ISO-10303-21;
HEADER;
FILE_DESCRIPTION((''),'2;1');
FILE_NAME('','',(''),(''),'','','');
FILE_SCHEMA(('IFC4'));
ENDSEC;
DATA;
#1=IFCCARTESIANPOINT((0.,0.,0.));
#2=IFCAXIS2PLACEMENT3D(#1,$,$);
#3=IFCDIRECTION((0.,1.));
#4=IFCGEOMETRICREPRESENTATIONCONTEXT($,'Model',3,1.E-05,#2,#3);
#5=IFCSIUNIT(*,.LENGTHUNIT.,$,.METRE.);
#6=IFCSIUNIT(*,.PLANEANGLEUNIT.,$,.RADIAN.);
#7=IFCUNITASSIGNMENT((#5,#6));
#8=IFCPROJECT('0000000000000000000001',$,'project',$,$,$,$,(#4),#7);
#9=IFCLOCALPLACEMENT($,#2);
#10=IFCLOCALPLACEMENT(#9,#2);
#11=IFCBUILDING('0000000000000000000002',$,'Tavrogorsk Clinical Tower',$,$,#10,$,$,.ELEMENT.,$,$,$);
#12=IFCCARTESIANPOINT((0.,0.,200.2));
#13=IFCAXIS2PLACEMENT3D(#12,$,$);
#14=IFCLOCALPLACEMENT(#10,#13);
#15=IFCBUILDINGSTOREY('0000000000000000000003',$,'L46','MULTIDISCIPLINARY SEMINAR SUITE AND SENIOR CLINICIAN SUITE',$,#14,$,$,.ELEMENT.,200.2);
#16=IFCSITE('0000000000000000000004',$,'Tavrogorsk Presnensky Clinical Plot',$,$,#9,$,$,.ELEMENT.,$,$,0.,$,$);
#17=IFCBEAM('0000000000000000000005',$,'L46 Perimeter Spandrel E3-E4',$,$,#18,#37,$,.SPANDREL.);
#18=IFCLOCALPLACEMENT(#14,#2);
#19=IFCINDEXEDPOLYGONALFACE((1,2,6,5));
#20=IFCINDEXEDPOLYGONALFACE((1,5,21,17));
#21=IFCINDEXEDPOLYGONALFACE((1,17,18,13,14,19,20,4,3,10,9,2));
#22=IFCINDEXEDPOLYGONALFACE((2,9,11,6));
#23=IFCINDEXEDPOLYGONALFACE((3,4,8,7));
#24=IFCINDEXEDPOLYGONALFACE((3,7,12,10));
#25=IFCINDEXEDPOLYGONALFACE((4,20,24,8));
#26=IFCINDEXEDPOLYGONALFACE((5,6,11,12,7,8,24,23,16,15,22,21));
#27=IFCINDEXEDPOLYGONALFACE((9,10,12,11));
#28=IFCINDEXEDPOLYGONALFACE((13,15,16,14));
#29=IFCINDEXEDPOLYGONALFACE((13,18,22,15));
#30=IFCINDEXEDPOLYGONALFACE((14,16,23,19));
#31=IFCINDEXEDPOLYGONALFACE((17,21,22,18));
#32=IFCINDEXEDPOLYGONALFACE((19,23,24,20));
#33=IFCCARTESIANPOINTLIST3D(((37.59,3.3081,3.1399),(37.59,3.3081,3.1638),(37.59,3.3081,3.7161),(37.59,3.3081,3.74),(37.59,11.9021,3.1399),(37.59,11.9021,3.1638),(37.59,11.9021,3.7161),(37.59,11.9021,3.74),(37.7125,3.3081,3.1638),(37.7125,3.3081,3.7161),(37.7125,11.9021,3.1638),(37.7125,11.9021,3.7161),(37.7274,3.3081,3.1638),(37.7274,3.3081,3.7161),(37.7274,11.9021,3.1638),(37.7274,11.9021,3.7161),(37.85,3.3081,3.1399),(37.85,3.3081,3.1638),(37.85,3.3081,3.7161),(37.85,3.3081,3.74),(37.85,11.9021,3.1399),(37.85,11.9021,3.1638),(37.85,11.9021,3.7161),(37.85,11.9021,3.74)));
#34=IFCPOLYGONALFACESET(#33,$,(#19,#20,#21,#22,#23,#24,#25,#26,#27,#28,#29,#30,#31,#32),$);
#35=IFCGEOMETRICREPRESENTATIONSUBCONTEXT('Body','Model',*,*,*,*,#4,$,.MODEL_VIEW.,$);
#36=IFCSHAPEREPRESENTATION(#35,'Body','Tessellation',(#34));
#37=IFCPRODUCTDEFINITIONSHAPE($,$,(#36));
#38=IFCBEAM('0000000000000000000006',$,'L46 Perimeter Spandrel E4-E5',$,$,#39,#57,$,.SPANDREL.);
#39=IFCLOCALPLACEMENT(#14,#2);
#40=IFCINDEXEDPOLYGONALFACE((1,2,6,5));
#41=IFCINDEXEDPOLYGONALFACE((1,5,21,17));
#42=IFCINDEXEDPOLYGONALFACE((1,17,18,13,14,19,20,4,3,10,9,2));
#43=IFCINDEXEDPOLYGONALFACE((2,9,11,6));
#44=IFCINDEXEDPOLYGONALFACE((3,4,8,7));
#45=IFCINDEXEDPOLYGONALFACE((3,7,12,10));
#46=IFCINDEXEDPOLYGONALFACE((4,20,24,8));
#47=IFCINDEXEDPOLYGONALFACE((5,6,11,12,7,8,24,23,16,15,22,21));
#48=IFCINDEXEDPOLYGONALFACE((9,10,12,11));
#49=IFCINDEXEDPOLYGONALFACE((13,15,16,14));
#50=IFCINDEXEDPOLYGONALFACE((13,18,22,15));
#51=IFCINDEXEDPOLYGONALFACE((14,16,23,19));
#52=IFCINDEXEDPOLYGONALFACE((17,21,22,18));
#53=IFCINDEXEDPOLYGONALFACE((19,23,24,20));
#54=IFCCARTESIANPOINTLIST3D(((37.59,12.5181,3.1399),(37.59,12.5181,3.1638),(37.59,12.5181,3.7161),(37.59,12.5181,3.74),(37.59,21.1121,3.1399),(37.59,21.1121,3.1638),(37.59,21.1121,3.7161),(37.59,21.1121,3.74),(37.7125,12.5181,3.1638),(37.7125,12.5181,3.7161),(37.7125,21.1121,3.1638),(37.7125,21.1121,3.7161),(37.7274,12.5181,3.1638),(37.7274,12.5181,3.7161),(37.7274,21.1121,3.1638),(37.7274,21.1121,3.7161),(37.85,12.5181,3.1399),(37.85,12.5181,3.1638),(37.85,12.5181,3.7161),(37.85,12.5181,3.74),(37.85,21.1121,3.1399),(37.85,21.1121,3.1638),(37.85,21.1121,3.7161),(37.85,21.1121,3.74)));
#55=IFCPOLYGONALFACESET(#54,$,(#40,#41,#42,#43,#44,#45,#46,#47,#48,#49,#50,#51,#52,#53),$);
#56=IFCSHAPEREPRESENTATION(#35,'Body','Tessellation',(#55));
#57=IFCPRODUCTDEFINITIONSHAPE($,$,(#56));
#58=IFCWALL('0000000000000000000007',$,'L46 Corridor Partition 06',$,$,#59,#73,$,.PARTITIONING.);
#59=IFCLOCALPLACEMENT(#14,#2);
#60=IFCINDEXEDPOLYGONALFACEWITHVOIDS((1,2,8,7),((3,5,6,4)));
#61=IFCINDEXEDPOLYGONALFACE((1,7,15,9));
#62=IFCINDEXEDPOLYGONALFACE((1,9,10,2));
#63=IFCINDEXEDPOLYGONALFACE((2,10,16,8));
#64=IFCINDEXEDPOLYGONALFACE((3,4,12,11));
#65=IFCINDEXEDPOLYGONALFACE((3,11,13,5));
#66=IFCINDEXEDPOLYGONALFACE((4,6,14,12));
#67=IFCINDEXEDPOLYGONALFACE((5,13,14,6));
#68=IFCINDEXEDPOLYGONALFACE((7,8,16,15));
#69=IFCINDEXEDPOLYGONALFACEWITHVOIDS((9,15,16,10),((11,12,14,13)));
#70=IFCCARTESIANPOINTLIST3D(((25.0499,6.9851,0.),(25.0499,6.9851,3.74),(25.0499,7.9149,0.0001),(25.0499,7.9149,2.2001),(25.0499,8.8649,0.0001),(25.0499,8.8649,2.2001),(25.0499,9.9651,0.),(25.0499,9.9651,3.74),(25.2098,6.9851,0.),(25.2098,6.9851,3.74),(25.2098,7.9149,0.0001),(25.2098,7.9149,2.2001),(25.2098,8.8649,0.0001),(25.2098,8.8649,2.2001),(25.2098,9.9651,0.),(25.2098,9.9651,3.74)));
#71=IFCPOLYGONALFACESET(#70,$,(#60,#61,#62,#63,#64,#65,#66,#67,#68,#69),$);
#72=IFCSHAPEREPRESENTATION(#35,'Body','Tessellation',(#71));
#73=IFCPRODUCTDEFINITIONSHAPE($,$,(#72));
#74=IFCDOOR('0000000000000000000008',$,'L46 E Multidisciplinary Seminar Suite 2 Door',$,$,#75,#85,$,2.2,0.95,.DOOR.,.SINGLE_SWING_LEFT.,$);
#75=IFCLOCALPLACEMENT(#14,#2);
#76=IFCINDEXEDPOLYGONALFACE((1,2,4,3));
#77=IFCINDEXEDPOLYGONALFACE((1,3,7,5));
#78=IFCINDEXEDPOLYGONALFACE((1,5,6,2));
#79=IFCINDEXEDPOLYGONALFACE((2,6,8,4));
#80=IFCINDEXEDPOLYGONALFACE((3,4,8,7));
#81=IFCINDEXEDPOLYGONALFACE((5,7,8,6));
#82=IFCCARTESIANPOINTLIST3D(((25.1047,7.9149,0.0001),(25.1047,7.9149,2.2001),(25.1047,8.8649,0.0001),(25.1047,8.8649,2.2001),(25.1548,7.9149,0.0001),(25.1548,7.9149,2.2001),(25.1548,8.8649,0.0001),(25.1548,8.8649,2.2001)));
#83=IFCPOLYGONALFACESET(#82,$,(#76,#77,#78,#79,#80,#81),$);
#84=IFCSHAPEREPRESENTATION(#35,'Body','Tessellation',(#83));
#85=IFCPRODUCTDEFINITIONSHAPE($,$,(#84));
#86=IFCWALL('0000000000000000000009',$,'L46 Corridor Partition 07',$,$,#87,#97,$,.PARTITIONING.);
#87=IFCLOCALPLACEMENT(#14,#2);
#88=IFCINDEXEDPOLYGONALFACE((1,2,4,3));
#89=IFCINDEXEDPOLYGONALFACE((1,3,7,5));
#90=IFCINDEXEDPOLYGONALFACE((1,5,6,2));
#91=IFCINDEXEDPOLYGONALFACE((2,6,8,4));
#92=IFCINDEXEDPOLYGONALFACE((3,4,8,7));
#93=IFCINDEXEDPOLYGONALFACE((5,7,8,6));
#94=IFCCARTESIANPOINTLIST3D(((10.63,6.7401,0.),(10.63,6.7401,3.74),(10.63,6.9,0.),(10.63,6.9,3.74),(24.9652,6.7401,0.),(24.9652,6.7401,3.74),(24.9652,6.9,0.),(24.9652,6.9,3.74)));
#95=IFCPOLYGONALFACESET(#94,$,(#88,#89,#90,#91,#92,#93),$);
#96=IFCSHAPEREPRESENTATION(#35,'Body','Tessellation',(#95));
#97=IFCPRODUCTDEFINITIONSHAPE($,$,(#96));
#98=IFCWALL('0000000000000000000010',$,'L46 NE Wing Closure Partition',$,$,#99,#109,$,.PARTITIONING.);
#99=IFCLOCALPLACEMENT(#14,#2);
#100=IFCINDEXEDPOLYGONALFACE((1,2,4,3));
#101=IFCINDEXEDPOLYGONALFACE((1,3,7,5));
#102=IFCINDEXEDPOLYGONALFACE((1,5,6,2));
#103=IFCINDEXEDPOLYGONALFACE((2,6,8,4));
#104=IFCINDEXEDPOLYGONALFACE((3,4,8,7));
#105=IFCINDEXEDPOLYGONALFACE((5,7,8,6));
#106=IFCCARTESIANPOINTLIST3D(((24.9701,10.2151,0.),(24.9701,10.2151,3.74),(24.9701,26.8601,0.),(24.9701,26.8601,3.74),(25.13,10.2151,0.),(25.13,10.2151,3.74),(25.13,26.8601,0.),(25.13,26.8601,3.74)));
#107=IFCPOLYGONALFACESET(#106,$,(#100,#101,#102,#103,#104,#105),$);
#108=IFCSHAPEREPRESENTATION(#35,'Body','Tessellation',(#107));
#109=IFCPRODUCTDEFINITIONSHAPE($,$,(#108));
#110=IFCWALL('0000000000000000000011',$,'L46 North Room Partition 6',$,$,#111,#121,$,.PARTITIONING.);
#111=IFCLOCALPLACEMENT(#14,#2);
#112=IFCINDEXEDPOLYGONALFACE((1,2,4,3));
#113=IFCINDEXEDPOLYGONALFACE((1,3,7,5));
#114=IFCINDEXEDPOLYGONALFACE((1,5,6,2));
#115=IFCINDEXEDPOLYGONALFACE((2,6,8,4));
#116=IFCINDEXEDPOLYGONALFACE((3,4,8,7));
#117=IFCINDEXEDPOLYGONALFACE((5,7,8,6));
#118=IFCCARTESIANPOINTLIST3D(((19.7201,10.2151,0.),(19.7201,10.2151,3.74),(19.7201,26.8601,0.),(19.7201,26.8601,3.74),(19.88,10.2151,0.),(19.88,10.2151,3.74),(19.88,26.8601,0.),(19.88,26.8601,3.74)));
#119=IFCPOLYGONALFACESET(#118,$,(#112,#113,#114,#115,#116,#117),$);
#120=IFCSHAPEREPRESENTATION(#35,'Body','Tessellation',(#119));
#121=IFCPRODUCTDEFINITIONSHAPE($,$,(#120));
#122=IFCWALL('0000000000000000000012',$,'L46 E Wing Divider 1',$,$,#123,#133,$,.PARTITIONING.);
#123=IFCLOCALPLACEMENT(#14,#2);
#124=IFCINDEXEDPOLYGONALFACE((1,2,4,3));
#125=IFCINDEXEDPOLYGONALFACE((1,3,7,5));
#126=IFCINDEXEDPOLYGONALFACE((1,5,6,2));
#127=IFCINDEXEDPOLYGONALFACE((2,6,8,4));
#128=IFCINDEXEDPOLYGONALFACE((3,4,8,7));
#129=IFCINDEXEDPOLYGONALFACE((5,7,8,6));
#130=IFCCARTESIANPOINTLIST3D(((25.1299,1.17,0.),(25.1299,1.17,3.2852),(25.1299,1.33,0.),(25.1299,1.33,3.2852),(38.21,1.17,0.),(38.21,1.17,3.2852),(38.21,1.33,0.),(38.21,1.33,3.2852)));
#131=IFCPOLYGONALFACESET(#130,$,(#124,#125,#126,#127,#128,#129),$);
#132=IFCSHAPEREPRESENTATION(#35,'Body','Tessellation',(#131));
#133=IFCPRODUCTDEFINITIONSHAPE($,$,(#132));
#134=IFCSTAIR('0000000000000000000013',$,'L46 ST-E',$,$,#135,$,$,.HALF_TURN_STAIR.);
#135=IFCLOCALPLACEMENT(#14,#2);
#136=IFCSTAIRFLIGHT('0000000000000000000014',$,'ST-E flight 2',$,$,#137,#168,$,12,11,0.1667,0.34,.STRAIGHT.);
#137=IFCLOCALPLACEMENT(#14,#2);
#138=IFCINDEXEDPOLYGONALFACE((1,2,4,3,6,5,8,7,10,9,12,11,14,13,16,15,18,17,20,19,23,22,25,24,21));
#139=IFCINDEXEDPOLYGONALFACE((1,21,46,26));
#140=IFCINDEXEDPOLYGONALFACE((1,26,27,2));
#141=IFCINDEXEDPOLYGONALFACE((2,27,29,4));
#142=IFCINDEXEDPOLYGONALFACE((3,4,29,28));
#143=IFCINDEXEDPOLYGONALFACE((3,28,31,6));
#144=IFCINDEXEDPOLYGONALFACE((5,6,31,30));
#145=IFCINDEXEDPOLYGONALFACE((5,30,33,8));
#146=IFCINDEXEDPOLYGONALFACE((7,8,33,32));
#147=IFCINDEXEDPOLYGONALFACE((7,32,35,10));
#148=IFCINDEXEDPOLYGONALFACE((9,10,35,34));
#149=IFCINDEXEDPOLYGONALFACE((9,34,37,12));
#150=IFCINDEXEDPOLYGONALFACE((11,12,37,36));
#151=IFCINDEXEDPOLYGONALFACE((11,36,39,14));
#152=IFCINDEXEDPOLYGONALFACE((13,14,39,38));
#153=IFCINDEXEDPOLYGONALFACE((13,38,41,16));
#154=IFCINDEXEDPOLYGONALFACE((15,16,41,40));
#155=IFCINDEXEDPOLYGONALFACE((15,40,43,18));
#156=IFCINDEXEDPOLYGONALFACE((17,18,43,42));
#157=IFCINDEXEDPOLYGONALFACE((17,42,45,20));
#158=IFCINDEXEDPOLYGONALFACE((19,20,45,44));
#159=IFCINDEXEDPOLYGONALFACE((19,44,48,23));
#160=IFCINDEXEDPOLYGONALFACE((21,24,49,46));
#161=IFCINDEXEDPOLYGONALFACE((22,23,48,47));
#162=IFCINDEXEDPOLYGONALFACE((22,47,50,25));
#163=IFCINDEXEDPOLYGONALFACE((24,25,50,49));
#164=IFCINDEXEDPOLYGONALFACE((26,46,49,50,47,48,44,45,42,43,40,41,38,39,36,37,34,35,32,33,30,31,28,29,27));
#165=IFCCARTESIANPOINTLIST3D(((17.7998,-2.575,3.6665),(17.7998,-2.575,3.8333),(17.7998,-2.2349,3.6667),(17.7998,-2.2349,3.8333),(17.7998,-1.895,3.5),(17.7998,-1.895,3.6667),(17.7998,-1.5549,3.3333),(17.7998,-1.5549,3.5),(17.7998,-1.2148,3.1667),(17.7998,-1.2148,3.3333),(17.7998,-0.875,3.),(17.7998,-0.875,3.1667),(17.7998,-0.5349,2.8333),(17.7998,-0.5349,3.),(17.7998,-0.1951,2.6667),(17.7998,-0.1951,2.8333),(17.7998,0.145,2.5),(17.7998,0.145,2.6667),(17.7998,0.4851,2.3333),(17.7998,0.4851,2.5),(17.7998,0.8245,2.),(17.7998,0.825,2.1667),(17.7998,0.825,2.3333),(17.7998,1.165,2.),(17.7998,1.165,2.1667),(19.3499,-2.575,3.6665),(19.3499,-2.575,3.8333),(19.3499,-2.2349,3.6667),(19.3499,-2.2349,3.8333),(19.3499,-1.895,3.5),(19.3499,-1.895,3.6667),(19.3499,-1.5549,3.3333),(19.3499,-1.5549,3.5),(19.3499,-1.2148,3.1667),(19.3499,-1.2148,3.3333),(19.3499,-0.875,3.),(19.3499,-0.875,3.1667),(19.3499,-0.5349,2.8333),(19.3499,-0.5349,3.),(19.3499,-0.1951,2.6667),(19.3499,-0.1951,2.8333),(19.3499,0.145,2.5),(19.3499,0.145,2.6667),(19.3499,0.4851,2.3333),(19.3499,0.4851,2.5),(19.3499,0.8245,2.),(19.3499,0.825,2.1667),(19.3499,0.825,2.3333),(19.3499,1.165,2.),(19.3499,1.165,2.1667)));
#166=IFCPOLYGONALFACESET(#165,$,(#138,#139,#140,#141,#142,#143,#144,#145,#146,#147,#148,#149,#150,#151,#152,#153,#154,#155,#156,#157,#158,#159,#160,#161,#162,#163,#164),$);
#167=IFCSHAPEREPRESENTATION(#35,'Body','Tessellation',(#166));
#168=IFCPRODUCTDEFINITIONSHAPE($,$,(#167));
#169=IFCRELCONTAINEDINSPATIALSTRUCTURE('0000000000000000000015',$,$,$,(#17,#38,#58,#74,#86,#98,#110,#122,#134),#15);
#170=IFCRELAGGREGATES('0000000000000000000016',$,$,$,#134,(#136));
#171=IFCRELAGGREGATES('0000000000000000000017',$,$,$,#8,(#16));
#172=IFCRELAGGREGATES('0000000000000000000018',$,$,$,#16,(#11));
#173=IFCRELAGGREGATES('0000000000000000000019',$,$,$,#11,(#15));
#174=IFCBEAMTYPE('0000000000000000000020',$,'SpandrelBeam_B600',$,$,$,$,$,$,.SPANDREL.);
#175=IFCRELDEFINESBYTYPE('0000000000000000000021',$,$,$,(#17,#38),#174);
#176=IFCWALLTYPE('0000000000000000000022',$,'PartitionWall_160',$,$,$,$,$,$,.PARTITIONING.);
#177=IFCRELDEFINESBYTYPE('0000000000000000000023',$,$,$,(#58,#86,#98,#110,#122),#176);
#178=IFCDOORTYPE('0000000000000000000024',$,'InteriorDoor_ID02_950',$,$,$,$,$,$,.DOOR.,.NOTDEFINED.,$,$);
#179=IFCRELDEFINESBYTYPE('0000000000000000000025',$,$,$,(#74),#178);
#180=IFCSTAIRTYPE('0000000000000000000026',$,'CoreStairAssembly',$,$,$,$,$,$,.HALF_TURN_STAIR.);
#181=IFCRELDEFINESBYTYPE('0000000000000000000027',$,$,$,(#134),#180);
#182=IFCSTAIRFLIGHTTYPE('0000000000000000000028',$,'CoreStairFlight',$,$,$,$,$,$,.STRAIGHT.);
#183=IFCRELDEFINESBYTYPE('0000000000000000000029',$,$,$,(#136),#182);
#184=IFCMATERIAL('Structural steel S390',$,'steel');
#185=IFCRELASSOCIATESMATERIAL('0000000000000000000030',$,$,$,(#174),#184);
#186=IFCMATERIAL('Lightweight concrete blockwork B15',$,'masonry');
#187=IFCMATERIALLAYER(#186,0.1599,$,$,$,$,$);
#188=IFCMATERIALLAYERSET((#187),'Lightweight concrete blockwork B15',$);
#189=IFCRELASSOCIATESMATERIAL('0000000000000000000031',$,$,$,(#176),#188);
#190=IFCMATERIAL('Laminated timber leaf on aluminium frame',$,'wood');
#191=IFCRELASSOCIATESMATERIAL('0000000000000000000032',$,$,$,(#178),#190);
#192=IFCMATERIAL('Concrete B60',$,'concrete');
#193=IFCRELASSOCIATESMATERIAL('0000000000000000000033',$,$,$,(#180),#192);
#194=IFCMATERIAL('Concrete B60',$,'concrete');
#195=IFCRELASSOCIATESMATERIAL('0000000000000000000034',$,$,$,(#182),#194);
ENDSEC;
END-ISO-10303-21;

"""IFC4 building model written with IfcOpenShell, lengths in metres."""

from ifc_helpers import new_model, si_unit, direction, frame, frame_2d, origin, origin_2d, place, context, subcontext, project, spatial, polyline, rectangle, i_section, outline, extrude, material, layer, layer_set, material_profile, profile_set, type_object, element, fill, aggregate, save


model = new_model("IFC4")

# Units and contexts
model_context = context("Model", 3, precision=1e-05, world=origin(), true_north=direction((0.0, 1.0)))
body_context = subcontext(model_context, "Body", "Model", "MODEL_VIEW")
ifc_project = project(units=[si_unit("LENGTHUNIT", "METRE"), si_unit("PLANEANGLEUNIT", "RADIAN")], contexts=[model_context])

# Site, building, storey
site_placement = place(None, origin())
site = spatial("IfcSite", under=ifc_project, at=site_placement, Name="Tavrogorsk Presnensky Clinical Plot", CompositionType="ELEMENT", RefElevation=0.0)
building_placement = place(site_placement, origin())
building = spatial("IfcBuilding", under=site, at=building_placement, Name="Tavrogorsk Clinical Tower", CompositionType="ELEMENT")
storey_placement = place(building_placement, frame((0.0, 0.0, 200.2)))
storey = spatial("IfcBuildingStorey", under=building, at=storey_placement, Name="L46", Description="MULTIDISCIPLINARY SEMINAR SUITE AND SENIOR CLINICIAN SUITE", CompositionType="ELEMENT", Elevation=200.2)

# Beams
ifc_material_1 = material(Name="Structural steel S390", Category="steel")
ifc_material_profile_1 = material_profile(ifc_material_1, i_section(OverallWidth=0.26, OverallDepth=0.6001, WebThickness=0.0149, FlangeThickness=0.0239, at=origin_2d()), Name="B-600x260x15x24")
ifc_profile_set_1 = profile_set([ifc_material_profile_1], Name="Structural steel S390")
beam_type_1 = type_object("IfcBeamType", Name="SpandrelBeam_B600", PredefinedType="SPANDREL", material=ifc_profile_set_1)
for number, where, z_axis, x_axis, name in (
    (1, (37.72, 3.3081, 3.4399), (0.0, 1.0, 0.0), (-1.0, 0.0, 0.0), "L46 Perimeter Spandrel E3-E4"),
    (2, (37.72, 12.5181, 3.4399), (0.0, 1.0, 0.0), (-1.0, 0.0, 0.0), "L46 Perimeter Spandrel E4-E5"),
):
    element("IfcBeam", number, at=place(storey_placement, frame(where, z_axis=z_axis, x_axis=x_axis)), inside=storey, type_object=beam_type_1, Name=name, PredefinedType="SPANDREL", context=body_context, shape_type="SweptSolid", body=[
        extrude(i_section(OverallWidth=0.26, OverallDepth=0.6001, WebThickness=0.0149, FlangeThickness=0.0239, at=origin_2d()), origin(), (0.0, 0.0, 1.0), 8.594),
    ])

# Wall, opening, door
ifc_material_2 = material(Name="Lightweight concrete blockwork B15", Category="masonry")
ifc_layer_1 = layer(ifc_material_2, 0.1599)
ifc_layer_set_1 = layer_set([ifc_layer_1], Name="Lightweight concrete blockwork B15")
wall_type = type_object("IfcWallType", Name="PartitionWall_160", PredefinedType="PARTITIONING", material=ifc_layer_set_1)
wall_1_placement = place(storey_placement, frame((25.1299, 9.9651, 0.0), z_axis=(0.0, 0.0, 1.0), x_axis=(0.0, -1.0, 0.0)))
wall_1 = element("IfcWall", 3, at=wall_1_placement, inside=storey, type_object=wall_type, Name="L46 Corridor Partition 06", PredefinedType="PARTITIONING", context=body_context, shape_type="SweptSolid", body=[
    extrude(rectangle(XDim=2.98, YDim=0.1599, at=frame_2d((1.49, 0.0))), origin(), (0.0, 0.0, 1.0), 3.74),
])
opening_placement = place(wall_1_placement, frame((1.1001, 0.0, 0.0)))
opening = element("IfcOpeningElement", 4, at=opening_placement, cuts=wall_1, PredefinedType="OPENING", context=body_context, shape_type="SweptSolid", body=[
    extrude(rectangle(XDim=0.95, YDim=2.2, at=frame_2d((0.4751, 1.1001))), frame((0.0, 0.0898, 0.0), z_axis=(0.0, -1.0, 0.0), x_axis=(1.0, 0.0, 0.0)), (0.0, 0.0, 1.0), 0.1799),
])
ifc_material_3 = material(Name="Laminated timber leaf on aluminium frame", Category="wood")
door_type = type_object("IfcDoorType", Name="InteriorDoor_ID02_950", OperationType="NOTDEFINED", PredefinedType="DOOR", material=ifc_material_3)
door_placement = place(opening_placement, origin())
door = element("IfcDoor", 5, at=door_placement, inside=storey, type_object=door_type, Name="L46 E Multidisciplinary Seminar Suite 2 Door", OperationType="SINGLE_SWING_LEFT", OverallHeight=2.2, OverallWidth=0.95, PredefinedType="DOOR", context=body_context, shape_type="SweptSolid", body=[
    extrude(rectangle(XDim=0.95, YDim=2.2, at=frame_2d((0.4751, 1.1001))), frame((0.0, 0.0249, 0.0), z_axis=(0.0, -1.0, 0.0), x_axis=(1.0, 0.0, 0.0)), (0.0, 0.0, 1.0), 0.05),
])
fill(opening, door)

# Walls
wall_2_placement = place(storey_placement, frame((24.9651, 6.8201, 0.0), z_axis=(0.0, 0.0, 1.0), x_axis=(-1.0, 0.0, 0.0)))
element("IfcWall", 6, at=wall_2_placement, inside=storey, type_object=wall_type, Name="L46 Corridor Partition 07", PredefinedType="PARTITIONING", context=body_context, shape_type="SweptSolid", body=[
    extrude(rectangle(XDim=14.3352, YDim=0.1599, at=frame_2d((7.1675, 0.0))), origin(), (0.0, 0.0, 1.0), 3.74),
])
for number, where, z_axis, x_axis, name in (
    (7, (25.05, 10.2151, 0.0), (0.0, 0.0, 1.0), (0.0, 1.0, 0.0), "L46 NE Wing Closure Partition"),
    (8, (19.8, 10.2151, 0.0), (0.0, 0.0, 1.0), (0.0, 1.0, 0.0), "L46 North Room Partition 6"),
):
    element("IfcWall", number, at=place(storey_placement, frame(where, z_axis=z_axis, x_axis=x_axis)), inside=storey, type_object=wall_type, Name=name, PredefinedType="PARTITIONING", context=body_context, shape_type="SweptSolid", body=[
        extrude(rectangle(XDim=16.645, YDim=0.1599, at=frame_2d((8.3225, 0.0))), origin(), (0.0, 0.0, 1.0), 3.74),
    ])
wall_3_placement = place(storey_placement, frame((25.1299, 1.25, 0.0), z_axis=(0.0, 0.0, 1.0), x_axis=(1.0, 0.0, 0.0)))
element("IfcWall", 9, at=wall_3_placement, inside=storey, type_object=wall_type, Name="L46 E Wing Divider 1", PredefinedType="PARTITIONING", context=body_context, shape_type="SweptSolid", body=[
    extrude(rectangle(XDim=13.0801, YDim=0.1599, at=frame_2d((6.54, 0.0))), origin(), (0.0, 0.0, 1.0), 3.2852),
])

# Stair, stair flight
ifc_material_4 = material(Name="Concrete B60", Category="concrete")
stair_type = type_object("IfcStairType", Name="CoreStairAssembly", PredefinedType="HALF_TURN_STAIR", material=ifc_material_4)
stair_placement = place(storey_placement, origin())
stair = element("IfcStair", 10, at=stair_placement, inside=storey, type_object=stair_type, Name="L46 ST-E", PredefinedType="HALF_TURN_STAIR")
ifc_material_5 = material(Name="Concrete B60", Category="concrete")
stair_flight_type = type_object("IfcStairFlightType", Name="CoreStairFlight", PredefinedType="STRAIGHT", material=ifc_material_5)
stair_flight_placement = place(storey_placement, frame((18.575, 1.165, 2.0), z_axis=(0.0, 0.0, 1.0), x_axis=(0.0, -1.0, 0.0)))
stair_flight = element("IfcStairFlight", 11, at=stair_flight_placement, type_object=stair_flight_type, Name="ST-E flight 2", NumberOfRisers=12, NumberOfTreads=11, PredefinedType="STRAIGHT", RiserHeight=0.1667, TreadLength=0.34, context=body_context, shape_type="SweptSolid", body=[
    extrude(outline(polyline([(0.0, 0.0), (0.0, 0.1667), (0.3401, 0.1667), (0.3401, 0.3333), (0.6799, 0.3333), (0.6799, 0.5), (1.02, 0.5), (1.02, 0.6667), (1.3601, 0.6667), (1.3601, 0.8333), (1.7, 0.8333), (1.7, 1.0), (2.04, 1.0), (2.04, 1.1667), (2.3799, 1.1667), (2.3799, 1.3333), (2.72, 1.3333), (2.72, 1.5), (3.0601, 1.5), (3.0601, 1.6667), (3.3999, 1.6667), (3.3999, 1.8333), (3.74, 1.8333), (3.74, 2.0), (3.74, 1.6665), (0.3406, 0.0), (0.0, 0.0)])), frame((0.0, 0.7749, 0.0), z_axis=(0.0, -1.0, 0.0), x_axis=(1.0, 0.0, 0.0)), (0.0, 0.0, 1.0), 1.55),
])
aggregate(stair, [stair_flight])

save(model, "model.ifc")
